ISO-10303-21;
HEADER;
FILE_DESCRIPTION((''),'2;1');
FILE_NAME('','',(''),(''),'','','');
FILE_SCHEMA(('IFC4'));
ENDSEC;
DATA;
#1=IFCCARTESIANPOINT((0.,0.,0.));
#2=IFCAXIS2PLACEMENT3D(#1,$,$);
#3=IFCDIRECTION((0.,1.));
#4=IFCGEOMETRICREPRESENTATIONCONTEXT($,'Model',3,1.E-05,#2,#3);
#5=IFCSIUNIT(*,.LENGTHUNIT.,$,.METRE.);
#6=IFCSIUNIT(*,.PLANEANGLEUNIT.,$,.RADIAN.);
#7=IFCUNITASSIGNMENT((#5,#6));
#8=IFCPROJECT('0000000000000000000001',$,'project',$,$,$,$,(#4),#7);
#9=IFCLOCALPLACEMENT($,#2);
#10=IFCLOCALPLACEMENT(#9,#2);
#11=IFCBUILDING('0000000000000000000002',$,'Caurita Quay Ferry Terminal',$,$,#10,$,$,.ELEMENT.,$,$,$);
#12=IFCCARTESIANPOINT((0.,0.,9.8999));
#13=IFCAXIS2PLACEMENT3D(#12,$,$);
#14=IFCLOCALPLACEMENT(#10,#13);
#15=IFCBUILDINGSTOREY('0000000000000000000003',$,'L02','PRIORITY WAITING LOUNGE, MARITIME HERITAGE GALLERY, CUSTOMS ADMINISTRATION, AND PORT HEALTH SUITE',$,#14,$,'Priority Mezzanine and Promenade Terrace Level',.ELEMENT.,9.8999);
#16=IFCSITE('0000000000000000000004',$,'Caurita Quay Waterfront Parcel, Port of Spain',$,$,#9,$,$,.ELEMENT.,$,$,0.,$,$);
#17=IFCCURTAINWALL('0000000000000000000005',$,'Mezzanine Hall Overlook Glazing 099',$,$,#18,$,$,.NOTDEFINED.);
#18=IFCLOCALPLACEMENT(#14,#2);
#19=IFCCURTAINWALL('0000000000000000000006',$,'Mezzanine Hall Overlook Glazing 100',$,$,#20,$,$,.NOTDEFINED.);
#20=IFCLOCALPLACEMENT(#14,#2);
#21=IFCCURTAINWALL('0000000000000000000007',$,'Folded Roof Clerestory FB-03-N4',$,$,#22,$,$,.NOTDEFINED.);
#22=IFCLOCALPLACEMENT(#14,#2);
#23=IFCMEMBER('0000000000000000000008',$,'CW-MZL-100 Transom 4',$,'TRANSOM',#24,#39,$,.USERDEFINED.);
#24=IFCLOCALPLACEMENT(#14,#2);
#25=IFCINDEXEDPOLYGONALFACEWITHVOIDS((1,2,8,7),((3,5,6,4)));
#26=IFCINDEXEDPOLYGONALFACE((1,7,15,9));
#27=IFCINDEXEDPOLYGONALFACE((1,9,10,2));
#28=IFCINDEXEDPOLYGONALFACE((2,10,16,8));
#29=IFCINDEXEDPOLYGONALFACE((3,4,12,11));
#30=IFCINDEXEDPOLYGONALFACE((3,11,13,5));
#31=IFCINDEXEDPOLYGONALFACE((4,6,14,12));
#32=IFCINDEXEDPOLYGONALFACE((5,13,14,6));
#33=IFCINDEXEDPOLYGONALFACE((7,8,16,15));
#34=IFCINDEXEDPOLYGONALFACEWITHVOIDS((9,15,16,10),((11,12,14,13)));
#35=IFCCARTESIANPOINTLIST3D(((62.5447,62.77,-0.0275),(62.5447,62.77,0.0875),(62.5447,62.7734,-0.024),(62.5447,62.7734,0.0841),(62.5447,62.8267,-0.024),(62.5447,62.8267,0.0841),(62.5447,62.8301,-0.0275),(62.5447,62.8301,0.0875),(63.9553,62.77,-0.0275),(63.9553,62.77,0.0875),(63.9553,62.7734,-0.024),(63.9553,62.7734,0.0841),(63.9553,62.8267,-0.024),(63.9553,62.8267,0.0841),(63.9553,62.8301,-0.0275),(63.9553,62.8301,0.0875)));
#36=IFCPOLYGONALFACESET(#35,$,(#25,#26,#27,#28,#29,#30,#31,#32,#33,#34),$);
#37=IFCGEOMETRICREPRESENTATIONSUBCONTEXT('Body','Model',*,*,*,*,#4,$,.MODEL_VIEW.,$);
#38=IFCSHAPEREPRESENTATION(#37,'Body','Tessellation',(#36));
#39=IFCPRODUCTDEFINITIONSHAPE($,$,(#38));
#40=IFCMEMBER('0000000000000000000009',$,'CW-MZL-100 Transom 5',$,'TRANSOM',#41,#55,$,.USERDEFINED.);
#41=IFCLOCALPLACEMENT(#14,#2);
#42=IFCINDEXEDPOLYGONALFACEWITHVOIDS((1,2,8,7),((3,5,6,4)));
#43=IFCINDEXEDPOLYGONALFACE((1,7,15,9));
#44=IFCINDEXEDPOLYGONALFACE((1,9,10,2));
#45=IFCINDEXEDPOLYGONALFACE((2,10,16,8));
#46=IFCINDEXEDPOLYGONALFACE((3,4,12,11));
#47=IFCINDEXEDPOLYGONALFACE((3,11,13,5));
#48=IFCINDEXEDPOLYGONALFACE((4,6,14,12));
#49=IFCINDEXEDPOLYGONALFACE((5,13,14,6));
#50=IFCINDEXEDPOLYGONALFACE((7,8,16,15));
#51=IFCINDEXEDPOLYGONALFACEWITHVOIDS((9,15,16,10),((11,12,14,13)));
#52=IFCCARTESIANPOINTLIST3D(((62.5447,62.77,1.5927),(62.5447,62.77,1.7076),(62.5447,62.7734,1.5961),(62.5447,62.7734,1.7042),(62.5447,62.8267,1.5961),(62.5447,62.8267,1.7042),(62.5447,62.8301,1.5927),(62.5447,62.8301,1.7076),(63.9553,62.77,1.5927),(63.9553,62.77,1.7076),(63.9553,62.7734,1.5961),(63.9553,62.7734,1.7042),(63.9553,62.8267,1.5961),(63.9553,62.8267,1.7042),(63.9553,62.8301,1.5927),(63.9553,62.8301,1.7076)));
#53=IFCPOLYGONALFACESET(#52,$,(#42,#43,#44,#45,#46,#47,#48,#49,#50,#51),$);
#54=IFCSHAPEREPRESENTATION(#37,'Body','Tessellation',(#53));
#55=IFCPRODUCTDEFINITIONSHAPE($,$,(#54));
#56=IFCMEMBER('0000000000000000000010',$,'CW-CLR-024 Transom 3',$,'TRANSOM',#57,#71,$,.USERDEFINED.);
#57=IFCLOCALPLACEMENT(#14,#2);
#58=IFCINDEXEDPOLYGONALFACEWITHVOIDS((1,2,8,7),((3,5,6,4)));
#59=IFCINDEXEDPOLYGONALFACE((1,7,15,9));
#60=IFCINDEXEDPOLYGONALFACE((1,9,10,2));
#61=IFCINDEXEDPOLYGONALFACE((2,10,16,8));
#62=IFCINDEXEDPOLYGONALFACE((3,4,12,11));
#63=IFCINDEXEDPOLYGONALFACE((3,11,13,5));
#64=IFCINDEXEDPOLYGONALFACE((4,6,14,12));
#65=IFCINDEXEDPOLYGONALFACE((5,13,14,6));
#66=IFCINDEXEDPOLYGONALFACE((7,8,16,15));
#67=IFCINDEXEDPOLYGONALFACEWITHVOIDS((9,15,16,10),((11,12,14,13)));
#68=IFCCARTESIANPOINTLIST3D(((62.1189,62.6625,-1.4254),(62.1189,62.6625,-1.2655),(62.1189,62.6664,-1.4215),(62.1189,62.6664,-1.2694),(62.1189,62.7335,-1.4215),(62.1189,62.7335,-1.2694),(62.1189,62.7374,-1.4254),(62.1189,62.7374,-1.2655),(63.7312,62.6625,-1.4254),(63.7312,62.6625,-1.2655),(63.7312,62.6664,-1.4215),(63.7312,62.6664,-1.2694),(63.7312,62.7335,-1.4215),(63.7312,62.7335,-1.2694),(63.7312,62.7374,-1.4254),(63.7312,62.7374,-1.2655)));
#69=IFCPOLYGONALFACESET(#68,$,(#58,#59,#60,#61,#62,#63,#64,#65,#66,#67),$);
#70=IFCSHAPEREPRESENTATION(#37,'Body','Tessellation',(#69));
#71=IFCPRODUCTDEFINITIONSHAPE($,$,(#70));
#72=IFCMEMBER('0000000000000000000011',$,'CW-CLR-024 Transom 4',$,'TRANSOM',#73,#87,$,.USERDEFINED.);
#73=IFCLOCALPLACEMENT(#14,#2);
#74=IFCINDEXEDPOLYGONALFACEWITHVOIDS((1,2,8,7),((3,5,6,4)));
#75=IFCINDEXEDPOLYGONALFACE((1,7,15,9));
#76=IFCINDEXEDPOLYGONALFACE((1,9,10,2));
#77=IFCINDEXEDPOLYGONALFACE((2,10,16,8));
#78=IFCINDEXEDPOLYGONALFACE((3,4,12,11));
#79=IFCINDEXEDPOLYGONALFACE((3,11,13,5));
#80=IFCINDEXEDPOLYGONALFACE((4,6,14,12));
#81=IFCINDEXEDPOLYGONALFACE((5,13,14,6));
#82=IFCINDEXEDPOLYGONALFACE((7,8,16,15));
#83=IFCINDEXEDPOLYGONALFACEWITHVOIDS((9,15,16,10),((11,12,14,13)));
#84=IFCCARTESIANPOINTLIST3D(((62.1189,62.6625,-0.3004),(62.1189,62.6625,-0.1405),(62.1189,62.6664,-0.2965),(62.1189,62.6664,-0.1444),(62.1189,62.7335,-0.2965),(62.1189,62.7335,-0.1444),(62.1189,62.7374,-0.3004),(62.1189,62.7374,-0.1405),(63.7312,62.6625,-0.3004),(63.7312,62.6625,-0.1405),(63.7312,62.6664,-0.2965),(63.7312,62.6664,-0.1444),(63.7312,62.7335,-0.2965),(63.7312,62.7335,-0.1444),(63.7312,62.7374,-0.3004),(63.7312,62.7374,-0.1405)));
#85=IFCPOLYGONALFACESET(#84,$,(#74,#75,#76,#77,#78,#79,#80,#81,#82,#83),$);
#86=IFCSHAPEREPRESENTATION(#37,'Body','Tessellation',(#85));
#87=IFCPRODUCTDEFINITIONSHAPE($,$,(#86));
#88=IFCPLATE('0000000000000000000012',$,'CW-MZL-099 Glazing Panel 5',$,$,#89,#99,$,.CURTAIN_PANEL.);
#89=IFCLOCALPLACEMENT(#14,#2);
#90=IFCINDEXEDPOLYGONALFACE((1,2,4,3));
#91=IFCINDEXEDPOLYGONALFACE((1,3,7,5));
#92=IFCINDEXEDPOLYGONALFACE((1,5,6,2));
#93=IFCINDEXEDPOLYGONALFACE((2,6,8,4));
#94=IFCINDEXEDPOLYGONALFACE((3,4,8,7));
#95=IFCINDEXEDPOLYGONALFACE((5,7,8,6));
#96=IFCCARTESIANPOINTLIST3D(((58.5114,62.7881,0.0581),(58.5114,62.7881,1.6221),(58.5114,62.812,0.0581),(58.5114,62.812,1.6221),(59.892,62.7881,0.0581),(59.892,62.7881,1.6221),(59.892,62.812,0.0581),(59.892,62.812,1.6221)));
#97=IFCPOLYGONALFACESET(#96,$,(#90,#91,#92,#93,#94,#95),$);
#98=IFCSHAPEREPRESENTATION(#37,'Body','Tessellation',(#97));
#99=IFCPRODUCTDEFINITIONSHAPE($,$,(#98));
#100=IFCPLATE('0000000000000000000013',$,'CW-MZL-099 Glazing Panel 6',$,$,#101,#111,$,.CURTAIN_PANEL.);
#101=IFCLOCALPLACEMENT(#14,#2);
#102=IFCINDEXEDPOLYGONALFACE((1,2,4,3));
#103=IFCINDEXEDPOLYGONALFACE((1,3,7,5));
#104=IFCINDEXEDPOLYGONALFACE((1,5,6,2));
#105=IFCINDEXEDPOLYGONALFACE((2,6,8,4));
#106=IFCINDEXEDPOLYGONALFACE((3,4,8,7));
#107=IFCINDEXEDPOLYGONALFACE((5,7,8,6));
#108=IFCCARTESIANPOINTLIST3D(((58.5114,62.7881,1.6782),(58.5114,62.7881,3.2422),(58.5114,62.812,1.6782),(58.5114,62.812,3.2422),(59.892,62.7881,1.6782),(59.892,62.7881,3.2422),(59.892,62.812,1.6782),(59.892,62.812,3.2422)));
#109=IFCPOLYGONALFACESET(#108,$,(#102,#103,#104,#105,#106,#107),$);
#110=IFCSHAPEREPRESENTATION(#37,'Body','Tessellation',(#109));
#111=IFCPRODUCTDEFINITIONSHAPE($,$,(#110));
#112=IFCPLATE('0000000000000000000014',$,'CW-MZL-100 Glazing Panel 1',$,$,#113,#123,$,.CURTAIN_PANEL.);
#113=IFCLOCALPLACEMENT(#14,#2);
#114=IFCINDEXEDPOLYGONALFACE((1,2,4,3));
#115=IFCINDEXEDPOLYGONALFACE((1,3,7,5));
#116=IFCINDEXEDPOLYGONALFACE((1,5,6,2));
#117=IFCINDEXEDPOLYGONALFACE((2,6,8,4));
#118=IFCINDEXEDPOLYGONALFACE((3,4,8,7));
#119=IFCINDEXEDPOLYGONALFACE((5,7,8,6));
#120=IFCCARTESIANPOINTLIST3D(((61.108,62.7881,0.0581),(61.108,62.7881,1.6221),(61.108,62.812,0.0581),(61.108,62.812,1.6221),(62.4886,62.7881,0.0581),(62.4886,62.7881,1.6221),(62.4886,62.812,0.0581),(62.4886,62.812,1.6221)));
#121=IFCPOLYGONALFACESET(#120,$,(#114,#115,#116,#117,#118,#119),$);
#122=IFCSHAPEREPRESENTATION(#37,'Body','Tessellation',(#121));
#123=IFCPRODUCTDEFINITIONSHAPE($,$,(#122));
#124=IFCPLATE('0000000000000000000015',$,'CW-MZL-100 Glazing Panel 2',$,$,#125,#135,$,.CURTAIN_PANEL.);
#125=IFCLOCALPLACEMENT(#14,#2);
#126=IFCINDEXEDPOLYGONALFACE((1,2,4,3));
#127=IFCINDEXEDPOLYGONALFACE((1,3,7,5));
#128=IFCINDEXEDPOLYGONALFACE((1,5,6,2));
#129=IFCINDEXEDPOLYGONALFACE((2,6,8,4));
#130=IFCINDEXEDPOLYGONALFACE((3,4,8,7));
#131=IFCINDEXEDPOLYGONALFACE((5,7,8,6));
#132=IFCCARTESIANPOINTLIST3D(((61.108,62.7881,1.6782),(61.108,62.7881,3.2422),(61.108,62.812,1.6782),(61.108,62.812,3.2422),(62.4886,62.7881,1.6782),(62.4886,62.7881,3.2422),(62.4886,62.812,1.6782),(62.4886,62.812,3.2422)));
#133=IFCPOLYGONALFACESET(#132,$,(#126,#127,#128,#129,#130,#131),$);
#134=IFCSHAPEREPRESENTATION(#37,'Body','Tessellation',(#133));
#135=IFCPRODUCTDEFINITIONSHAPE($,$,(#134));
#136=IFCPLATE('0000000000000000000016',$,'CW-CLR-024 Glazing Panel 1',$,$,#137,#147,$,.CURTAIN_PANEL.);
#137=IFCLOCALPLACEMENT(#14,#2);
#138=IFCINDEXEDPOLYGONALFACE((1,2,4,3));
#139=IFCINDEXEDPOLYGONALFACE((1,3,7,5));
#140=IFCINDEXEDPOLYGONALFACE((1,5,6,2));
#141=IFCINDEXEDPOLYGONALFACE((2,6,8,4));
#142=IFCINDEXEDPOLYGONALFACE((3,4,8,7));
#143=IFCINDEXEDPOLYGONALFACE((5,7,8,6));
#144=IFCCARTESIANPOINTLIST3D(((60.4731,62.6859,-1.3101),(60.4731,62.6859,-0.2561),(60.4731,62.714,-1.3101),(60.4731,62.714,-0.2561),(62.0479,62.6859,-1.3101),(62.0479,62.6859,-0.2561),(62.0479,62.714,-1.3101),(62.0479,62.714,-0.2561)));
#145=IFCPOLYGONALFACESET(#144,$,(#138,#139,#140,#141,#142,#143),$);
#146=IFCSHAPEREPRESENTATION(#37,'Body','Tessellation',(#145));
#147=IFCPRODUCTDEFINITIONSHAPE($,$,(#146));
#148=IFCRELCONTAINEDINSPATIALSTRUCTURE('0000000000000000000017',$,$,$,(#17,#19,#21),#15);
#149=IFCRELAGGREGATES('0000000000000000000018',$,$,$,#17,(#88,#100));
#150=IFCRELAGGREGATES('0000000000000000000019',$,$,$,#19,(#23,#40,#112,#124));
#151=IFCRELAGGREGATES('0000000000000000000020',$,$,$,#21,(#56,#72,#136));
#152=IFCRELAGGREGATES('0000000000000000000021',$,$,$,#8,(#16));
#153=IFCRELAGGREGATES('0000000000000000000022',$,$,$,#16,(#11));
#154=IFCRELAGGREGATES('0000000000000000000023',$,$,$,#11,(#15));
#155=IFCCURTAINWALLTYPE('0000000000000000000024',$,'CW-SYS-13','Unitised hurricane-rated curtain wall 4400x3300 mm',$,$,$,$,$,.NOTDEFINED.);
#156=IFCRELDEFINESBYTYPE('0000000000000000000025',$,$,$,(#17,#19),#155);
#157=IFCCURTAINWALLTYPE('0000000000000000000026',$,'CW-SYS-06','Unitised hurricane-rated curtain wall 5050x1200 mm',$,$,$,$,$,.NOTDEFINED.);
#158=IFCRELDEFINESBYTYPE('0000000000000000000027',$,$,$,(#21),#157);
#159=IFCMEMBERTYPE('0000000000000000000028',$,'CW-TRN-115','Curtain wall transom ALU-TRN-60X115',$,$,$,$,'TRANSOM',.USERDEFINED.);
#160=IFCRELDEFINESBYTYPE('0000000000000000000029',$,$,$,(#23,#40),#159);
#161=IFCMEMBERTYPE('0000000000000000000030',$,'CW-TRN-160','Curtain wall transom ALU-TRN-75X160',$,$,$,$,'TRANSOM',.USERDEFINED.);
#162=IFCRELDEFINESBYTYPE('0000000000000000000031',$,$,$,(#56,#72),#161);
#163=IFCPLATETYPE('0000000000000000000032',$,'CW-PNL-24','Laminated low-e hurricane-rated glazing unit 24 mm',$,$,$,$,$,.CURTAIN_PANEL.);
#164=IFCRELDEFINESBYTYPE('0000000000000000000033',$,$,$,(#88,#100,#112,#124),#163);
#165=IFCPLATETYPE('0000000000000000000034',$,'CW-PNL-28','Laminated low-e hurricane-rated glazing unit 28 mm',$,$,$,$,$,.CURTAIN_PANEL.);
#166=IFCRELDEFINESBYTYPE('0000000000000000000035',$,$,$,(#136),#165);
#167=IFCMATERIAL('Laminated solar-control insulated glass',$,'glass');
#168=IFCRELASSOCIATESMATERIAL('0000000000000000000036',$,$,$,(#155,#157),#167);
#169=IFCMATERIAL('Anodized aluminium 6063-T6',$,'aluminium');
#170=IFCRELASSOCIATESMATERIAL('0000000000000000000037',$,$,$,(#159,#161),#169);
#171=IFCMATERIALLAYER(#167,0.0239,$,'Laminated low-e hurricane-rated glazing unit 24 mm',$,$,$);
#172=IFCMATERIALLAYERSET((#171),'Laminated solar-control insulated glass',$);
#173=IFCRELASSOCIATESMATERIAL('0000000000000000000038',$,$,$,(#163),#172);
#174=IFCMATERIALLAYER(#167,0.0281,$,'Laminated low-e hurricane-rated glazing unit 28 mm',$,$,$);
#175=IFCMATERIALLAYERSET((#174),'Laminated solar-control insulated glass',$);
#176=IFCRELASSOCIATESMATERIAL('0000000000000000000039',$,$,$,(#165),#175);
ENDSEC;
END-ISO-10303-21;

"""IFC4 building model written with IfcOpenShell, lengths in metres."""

from ifc_helpers import new_model, si_unit, direction, frame, origin, origin_2d, place, context, subcontext, project, spatial, rectangle, hollow_rectangle, extrude, material, layer, layer_set, material_profile, profile_set, type_object, element, aggregate, save


model = new_model("IFC4")

# Units and contexts
model_context = context("Model", 3, precision=1e-05, world=origin(), true_north=direction((0.0, 1.0)))
body_context = subcontext(model_context, "Body", "Model", "MODEL_VIEW")
ifc_project = project(units=[si_unit("LENGTHUNIT", "METRE"), si_unit("PLANEANGLEUNIT", "RADIAN")], contexts=[model_context])

# Site, building, storey
site_placement = place(None, origin())
site = spatial("IfcSite", under=ifc_project, at=site_placement, Name="Caurita Quay Waterfront Parcel, Port of Spain", CompositionType="ELEMENT", RefElevation=0.0)
building_placement = place(site_placement, origin())
building = spatial("IfcBuilding", under=site, at=building_placement, Name="Caurita Quay Ferry Terminal", CompositionType="ELEMENT")
storey_placement = place(building_placement, frame((0.0, 0.0, 9.8999)))
storey = spatial("IfcBuildingStorey", under=building, at=storey_placement, Name="L02", Description="PRIORITY WAITING LOUNGE, MARITIME HERITAGE GALLERY, CUSTOMS ADMINISTRATION, AND PORT HEALTH SUITE", LongName="Priority Mezzanine and Promenade Terrace Level", CompositionType="ELEMENT", Elevation=9.8999)

# Curtain walls
ifc_material_1 = material(Name="Laminated solar-control insulated glass", Category="glass")
curtain_wall_type_1 = type_object("IfcCurtainWallType", Name="CW-SYS-13", Description="Unitised hurricane-rated curtain wall 4400x3300 mm", PredefinedType="NOTDEFINED", material=ifc_material_1)
curtain_wall_1_placement = place(storey_placement, origin())
curtain_wall_1 = element("IfcCurtainWall", 1, at=curtain_wall_1_placement, inside=storey, type_object=curtain_wall_type_1, Name="Mezzanine Hall Overlook Glazing 099", PredefinedType="NOTDEFINED")
ifc_material_2 = material(Name="Anodized aluminium 6063-T6", Category="aluminium")
curtain_wall_2_placement = place(storey_placement, origin())
curtain_wall_2 = element("IfcCurtainWall", 2, at=curtain_wall_2_placement, inside=storey, type_object=curtain_wall_type_1, Name="Mezzanine Hall Overlook Glazing 100", PredefinedType="NOTDEFINED")

# Curtain wall
curtain_wall_type_2 = type_object("IfcCurtainWallType", Name="CW-SYS-06", Description="Unitised hurricane-rated curtain wall 5050x1200 mm", PredefinedType="NOTDEFINED", material=ifc_material_1)
curtain_wall_3_placement = place(storey_placement, origin())
curtain_wall_3 = element("IfcCurtainWall", 3, at=curtain_wall_3_placement, inside=storey, type_object=curtain_wall_type_2, Name="Folded Roof Clerestory FB-03-N4", PredefinedType="NOTDEFINED")

# Members
ifc_material_profile_1 = material_profile(ifc_material_2, hollow_rectangle(XDim=0.0601, YDim=0.115, WallThickness=0.0034, at=origin_2d()), Name="ALU-TRN-60X115")
ifc_profile_set_1 = profile_set([ifc_material_profile_1], Name="Anodized aluminium 6063-T6")
member_type_1 = type_object("IfcMemberType", Name="CW-TRN-115", Description="Curtain wall transom ALU-TRN-60X115", ElementType="TRANSOM", PredefinedType="USERDEFINED", material=ifc_profile_set_1)
member_1_placement = place(storey_placement, frame((62.5447, 62.8, 0.03), z_axis=(1.0, 0.0, 0.0), x_axis=(0.0, 1.0, 0.0)))
member_1 = element("IfcMember", 4, at=member_1_placement, type_object=member_type_1, Name="CW-MZL-100 Transom 4", ObjectType="TRANSOM", PredefinedType="USERDEFINED", context=body_context, shape_type="SweptSolid", body=[
    extrude(hollow_rectangle(XDim=0.0601, YDim=0.115, WallThickness=0.0034, at=origin_2d()), origin(), (0.0, 0.0, 1.0), 1.4106),
])
member_2_placement = place(storey_placement, frame((62.5447, 62.8, 1.6501), z_axis=(1.0, 0.0, 0.0), x_axis=(0.0, 1.0, 0.0)))
member_2 = element("IfcMember", 5, at=member_2_placement, type_object=member_type_1, Name="CW-MZL-100 Transom 5", ObjectType="TRANSOM", PredefinedType="USERDEFINED", context=body_context, shape_type="SweptSolid", body=[
    extrude(hollow_rectangle(XDim=0.0601, YDim=0.115, WallThickness=0.0034, at=origin_2d()), origin(), (0.0, 0.0, 1.0), 1.4106),
])
ifc_material_profile_2 = material_profile(ifc_material_2, hollow_rectangle(XDim=0.075, YDim=0.1599, WallThickness=0.0039, at=origin_2d()), Name="ALU-TRN-75X160")
ifc_profile_set_2 = profile_set([ifc_material_profile_2], Name="Anodized aluminium 6063-T6")
member_type_2 = type_object("IfcMemberType", Name="CW-TRN-160", Description="Curtain wall transom ALU-TRN-75X160", ElementType="TRANSOM", PredefinedType="USERDEFINED", material=ifc_profile_set_2)
member_3_placement = place(storey_placement, frame((62.1189, 62.7, -1.3455), z_axis=(1.0, 0.0, 0.0), x_axis=(0.0, 1.0, 0.0)))
member_3 = element("IfcMember", 6, at=member_3_placement, type_object=member_type_2, Name="CW-CLR-024 Transom 3", ObjectType="TRANSOM", PredefinedType="USERDEFINED", context=body_context, shape_type="SweptSolid", body=[
    extrude(hollow_rectangle(XDim=0.075, YDim=0.1599, WallThickness=0.0039, at=origin_2d()), origin(), (0.0, 0.0, 1.0), 1.6123),
])
member_4_placement = place(storey_placement, frame((62.1189, 62.7, -0.2205), z_axis=(1.0, 0.0, 0.0), x_axis=(0.0, 1.0, 0.0)))
member_4 = element("IfcMember", 7, at=member_4_placement, type_object=member_type_2, Name="CW-CLR-024 Transom 4", ObjectType="TRANSOM", PredefinedType="USERDEFINED", context=body_context, shape_type="SweptSolid", body=[
    extrude(hollow_rectangle(XDim=0.075, YDim=0.1599, WallThickness=0.0039, at=origin_2d()), origin(), (0.0, 0.0, 1.0), 1.6123),
])

# Plates
ifc_layer_1 = layer(ifc_material_1, 0.0239, Name="Laminated low-e hurricane-rated glazing unit 24 mm")
ifc_layer_set_1 = layer_set([ifc_layer_1], Name="Laminated solar-control insulated glass")
plate_type_1 = type_object("IfcPlateType", Name="CW-PNL-24", Description="Laminated low-e hurricane-rated glazing unit 24 mm", PredefinedType="CURTAIN_PANEL", material=ifc_layer_set_1)
plate_1_placement = place(storey_placement, frame((59.2017, 62.8, 0.0581), z_axis=(0.0, 0.0, 1.0), x_axis=(1.0, 0.0, 0.0)))
plate_1 = element("IfcPlate", 8, at=plate_1_placement, type_object=plate_type_1, Name="CW-MZL-099 Glazing Panel 5", PredefinedType="CURTAIN_PANEL", context=body_context, shape_type="SweptSolid", body=[
    extrude(rectangle(XDim=1.3806, YDim=0.0239, at=origin_2d()), origin(), (0.0, 0.0, 1.0), 1.564),
])
plate_2_placement = place(storey_placement, frame((59.2017, 62.8, 1.6782), z_axis=(0.0, 0.0, 1.0), x_axis=(1.0, 0.0, 0.0)))
plate_2 = element("IfcPlate", 9, at=plate_2_placement, type_object=plate_type_1, Name="CW-MZL-099 Glazing Panel 6", PredefinedType="CURTAIN_PANEL", context=body_context, shape_type="SweptSolid", body=[
    extrude(rectangle(XDim=1.3806, YDim=0.0239, at=origin_2d()), origin(), (0.0, 0.0, 1.0), 1.564),
])
aggregate(curtain_wall_1, [plate_1, plate_2])
plate_3_placement = place(storey_placement, frame((61.7983, 62.8, 0.0581), z_axis=(0.0, 0.0, 1.0), x_axis=(1.0, 0.0, 0.0)))
plate_3 = element("IfcPlate", 10, at=plate_3_placement, type_object=plate_type_1, Name="CW-MZL-100 Glazing Panel 1", PredefinedType="CURTAIN_PANEL", context=body_context, shape_type="SweptSolid", body=[
    extrude(rectangle(XDim=1.3806, YDim=0.0239, at=origin_2d()), origin(), (0.0, 0.0, 1.0), 1.564),
])
plate_4_placement = place(storey_placement, frame((61.7983, 62.8, 1.6782), z_axis=(0.0, 0.0, 1.0), x_axis=(1.0, 0.0, 0.0)))
plate_4 = element("IfcPlate", 11, at=plate_4_placement, type_object=plate_type_1, Name="CW-MZL-100 Glazing Panel 2", PredefinedType="CURTAIN_PANEL", context=body_context, shape_type="SweptSolid", body=[
    extrude(rectangle(XDim=1.3806, YDim=0.0239, at=origin_2d()), origin(), (0.0, 0.0, 1.0), 1.564),
])
aggregate(curtain_wall_2, [member_1, member_2, plate_3, plate_4])
ifc_layer_2 = layer(ifc_material_1, 0.0281, Name="Laminated low-e hurricane-rated glazing unit 28 mm")
ifc_layer_set_2 = layer_set([ifc_layer_2], Name="Laminated solar-control insulated glass")
plate_type_2 = type_object("IfcPlateType", Name="CW-PNL-28", Description="Laminated low-e hurricane-rated glazing unit 28 mm", PredefinedType="CURTAIN_PANEL", material=ifc_layer_set_2)
plate_5_placement = place(storey_placement, frame((61.2605, 62.7, -1.3101), z_axis=(0.0, 0.0, 1.0), x_axis=(1.0, 0.0, 0.0)))
plate_5 = element("IfcPlate", 12, at=plate_5_placement, type_object=plate_type_2, Name="CW-CLR-024 Glazing Panel 1", PredefinedType="CURTAIN_PANEL", context=body_context, shape_type="SweptSolid", body=[
    extrude(rectangle(XDim=1.5747, YDim=0.0281, at=origin_2d()), origin(), (0.0, 0.0, 1.0), 1.054),
])
aggregate(curtain_wall_3, [member_3, member_4, plate_5])

save(model, "model.ifc")
